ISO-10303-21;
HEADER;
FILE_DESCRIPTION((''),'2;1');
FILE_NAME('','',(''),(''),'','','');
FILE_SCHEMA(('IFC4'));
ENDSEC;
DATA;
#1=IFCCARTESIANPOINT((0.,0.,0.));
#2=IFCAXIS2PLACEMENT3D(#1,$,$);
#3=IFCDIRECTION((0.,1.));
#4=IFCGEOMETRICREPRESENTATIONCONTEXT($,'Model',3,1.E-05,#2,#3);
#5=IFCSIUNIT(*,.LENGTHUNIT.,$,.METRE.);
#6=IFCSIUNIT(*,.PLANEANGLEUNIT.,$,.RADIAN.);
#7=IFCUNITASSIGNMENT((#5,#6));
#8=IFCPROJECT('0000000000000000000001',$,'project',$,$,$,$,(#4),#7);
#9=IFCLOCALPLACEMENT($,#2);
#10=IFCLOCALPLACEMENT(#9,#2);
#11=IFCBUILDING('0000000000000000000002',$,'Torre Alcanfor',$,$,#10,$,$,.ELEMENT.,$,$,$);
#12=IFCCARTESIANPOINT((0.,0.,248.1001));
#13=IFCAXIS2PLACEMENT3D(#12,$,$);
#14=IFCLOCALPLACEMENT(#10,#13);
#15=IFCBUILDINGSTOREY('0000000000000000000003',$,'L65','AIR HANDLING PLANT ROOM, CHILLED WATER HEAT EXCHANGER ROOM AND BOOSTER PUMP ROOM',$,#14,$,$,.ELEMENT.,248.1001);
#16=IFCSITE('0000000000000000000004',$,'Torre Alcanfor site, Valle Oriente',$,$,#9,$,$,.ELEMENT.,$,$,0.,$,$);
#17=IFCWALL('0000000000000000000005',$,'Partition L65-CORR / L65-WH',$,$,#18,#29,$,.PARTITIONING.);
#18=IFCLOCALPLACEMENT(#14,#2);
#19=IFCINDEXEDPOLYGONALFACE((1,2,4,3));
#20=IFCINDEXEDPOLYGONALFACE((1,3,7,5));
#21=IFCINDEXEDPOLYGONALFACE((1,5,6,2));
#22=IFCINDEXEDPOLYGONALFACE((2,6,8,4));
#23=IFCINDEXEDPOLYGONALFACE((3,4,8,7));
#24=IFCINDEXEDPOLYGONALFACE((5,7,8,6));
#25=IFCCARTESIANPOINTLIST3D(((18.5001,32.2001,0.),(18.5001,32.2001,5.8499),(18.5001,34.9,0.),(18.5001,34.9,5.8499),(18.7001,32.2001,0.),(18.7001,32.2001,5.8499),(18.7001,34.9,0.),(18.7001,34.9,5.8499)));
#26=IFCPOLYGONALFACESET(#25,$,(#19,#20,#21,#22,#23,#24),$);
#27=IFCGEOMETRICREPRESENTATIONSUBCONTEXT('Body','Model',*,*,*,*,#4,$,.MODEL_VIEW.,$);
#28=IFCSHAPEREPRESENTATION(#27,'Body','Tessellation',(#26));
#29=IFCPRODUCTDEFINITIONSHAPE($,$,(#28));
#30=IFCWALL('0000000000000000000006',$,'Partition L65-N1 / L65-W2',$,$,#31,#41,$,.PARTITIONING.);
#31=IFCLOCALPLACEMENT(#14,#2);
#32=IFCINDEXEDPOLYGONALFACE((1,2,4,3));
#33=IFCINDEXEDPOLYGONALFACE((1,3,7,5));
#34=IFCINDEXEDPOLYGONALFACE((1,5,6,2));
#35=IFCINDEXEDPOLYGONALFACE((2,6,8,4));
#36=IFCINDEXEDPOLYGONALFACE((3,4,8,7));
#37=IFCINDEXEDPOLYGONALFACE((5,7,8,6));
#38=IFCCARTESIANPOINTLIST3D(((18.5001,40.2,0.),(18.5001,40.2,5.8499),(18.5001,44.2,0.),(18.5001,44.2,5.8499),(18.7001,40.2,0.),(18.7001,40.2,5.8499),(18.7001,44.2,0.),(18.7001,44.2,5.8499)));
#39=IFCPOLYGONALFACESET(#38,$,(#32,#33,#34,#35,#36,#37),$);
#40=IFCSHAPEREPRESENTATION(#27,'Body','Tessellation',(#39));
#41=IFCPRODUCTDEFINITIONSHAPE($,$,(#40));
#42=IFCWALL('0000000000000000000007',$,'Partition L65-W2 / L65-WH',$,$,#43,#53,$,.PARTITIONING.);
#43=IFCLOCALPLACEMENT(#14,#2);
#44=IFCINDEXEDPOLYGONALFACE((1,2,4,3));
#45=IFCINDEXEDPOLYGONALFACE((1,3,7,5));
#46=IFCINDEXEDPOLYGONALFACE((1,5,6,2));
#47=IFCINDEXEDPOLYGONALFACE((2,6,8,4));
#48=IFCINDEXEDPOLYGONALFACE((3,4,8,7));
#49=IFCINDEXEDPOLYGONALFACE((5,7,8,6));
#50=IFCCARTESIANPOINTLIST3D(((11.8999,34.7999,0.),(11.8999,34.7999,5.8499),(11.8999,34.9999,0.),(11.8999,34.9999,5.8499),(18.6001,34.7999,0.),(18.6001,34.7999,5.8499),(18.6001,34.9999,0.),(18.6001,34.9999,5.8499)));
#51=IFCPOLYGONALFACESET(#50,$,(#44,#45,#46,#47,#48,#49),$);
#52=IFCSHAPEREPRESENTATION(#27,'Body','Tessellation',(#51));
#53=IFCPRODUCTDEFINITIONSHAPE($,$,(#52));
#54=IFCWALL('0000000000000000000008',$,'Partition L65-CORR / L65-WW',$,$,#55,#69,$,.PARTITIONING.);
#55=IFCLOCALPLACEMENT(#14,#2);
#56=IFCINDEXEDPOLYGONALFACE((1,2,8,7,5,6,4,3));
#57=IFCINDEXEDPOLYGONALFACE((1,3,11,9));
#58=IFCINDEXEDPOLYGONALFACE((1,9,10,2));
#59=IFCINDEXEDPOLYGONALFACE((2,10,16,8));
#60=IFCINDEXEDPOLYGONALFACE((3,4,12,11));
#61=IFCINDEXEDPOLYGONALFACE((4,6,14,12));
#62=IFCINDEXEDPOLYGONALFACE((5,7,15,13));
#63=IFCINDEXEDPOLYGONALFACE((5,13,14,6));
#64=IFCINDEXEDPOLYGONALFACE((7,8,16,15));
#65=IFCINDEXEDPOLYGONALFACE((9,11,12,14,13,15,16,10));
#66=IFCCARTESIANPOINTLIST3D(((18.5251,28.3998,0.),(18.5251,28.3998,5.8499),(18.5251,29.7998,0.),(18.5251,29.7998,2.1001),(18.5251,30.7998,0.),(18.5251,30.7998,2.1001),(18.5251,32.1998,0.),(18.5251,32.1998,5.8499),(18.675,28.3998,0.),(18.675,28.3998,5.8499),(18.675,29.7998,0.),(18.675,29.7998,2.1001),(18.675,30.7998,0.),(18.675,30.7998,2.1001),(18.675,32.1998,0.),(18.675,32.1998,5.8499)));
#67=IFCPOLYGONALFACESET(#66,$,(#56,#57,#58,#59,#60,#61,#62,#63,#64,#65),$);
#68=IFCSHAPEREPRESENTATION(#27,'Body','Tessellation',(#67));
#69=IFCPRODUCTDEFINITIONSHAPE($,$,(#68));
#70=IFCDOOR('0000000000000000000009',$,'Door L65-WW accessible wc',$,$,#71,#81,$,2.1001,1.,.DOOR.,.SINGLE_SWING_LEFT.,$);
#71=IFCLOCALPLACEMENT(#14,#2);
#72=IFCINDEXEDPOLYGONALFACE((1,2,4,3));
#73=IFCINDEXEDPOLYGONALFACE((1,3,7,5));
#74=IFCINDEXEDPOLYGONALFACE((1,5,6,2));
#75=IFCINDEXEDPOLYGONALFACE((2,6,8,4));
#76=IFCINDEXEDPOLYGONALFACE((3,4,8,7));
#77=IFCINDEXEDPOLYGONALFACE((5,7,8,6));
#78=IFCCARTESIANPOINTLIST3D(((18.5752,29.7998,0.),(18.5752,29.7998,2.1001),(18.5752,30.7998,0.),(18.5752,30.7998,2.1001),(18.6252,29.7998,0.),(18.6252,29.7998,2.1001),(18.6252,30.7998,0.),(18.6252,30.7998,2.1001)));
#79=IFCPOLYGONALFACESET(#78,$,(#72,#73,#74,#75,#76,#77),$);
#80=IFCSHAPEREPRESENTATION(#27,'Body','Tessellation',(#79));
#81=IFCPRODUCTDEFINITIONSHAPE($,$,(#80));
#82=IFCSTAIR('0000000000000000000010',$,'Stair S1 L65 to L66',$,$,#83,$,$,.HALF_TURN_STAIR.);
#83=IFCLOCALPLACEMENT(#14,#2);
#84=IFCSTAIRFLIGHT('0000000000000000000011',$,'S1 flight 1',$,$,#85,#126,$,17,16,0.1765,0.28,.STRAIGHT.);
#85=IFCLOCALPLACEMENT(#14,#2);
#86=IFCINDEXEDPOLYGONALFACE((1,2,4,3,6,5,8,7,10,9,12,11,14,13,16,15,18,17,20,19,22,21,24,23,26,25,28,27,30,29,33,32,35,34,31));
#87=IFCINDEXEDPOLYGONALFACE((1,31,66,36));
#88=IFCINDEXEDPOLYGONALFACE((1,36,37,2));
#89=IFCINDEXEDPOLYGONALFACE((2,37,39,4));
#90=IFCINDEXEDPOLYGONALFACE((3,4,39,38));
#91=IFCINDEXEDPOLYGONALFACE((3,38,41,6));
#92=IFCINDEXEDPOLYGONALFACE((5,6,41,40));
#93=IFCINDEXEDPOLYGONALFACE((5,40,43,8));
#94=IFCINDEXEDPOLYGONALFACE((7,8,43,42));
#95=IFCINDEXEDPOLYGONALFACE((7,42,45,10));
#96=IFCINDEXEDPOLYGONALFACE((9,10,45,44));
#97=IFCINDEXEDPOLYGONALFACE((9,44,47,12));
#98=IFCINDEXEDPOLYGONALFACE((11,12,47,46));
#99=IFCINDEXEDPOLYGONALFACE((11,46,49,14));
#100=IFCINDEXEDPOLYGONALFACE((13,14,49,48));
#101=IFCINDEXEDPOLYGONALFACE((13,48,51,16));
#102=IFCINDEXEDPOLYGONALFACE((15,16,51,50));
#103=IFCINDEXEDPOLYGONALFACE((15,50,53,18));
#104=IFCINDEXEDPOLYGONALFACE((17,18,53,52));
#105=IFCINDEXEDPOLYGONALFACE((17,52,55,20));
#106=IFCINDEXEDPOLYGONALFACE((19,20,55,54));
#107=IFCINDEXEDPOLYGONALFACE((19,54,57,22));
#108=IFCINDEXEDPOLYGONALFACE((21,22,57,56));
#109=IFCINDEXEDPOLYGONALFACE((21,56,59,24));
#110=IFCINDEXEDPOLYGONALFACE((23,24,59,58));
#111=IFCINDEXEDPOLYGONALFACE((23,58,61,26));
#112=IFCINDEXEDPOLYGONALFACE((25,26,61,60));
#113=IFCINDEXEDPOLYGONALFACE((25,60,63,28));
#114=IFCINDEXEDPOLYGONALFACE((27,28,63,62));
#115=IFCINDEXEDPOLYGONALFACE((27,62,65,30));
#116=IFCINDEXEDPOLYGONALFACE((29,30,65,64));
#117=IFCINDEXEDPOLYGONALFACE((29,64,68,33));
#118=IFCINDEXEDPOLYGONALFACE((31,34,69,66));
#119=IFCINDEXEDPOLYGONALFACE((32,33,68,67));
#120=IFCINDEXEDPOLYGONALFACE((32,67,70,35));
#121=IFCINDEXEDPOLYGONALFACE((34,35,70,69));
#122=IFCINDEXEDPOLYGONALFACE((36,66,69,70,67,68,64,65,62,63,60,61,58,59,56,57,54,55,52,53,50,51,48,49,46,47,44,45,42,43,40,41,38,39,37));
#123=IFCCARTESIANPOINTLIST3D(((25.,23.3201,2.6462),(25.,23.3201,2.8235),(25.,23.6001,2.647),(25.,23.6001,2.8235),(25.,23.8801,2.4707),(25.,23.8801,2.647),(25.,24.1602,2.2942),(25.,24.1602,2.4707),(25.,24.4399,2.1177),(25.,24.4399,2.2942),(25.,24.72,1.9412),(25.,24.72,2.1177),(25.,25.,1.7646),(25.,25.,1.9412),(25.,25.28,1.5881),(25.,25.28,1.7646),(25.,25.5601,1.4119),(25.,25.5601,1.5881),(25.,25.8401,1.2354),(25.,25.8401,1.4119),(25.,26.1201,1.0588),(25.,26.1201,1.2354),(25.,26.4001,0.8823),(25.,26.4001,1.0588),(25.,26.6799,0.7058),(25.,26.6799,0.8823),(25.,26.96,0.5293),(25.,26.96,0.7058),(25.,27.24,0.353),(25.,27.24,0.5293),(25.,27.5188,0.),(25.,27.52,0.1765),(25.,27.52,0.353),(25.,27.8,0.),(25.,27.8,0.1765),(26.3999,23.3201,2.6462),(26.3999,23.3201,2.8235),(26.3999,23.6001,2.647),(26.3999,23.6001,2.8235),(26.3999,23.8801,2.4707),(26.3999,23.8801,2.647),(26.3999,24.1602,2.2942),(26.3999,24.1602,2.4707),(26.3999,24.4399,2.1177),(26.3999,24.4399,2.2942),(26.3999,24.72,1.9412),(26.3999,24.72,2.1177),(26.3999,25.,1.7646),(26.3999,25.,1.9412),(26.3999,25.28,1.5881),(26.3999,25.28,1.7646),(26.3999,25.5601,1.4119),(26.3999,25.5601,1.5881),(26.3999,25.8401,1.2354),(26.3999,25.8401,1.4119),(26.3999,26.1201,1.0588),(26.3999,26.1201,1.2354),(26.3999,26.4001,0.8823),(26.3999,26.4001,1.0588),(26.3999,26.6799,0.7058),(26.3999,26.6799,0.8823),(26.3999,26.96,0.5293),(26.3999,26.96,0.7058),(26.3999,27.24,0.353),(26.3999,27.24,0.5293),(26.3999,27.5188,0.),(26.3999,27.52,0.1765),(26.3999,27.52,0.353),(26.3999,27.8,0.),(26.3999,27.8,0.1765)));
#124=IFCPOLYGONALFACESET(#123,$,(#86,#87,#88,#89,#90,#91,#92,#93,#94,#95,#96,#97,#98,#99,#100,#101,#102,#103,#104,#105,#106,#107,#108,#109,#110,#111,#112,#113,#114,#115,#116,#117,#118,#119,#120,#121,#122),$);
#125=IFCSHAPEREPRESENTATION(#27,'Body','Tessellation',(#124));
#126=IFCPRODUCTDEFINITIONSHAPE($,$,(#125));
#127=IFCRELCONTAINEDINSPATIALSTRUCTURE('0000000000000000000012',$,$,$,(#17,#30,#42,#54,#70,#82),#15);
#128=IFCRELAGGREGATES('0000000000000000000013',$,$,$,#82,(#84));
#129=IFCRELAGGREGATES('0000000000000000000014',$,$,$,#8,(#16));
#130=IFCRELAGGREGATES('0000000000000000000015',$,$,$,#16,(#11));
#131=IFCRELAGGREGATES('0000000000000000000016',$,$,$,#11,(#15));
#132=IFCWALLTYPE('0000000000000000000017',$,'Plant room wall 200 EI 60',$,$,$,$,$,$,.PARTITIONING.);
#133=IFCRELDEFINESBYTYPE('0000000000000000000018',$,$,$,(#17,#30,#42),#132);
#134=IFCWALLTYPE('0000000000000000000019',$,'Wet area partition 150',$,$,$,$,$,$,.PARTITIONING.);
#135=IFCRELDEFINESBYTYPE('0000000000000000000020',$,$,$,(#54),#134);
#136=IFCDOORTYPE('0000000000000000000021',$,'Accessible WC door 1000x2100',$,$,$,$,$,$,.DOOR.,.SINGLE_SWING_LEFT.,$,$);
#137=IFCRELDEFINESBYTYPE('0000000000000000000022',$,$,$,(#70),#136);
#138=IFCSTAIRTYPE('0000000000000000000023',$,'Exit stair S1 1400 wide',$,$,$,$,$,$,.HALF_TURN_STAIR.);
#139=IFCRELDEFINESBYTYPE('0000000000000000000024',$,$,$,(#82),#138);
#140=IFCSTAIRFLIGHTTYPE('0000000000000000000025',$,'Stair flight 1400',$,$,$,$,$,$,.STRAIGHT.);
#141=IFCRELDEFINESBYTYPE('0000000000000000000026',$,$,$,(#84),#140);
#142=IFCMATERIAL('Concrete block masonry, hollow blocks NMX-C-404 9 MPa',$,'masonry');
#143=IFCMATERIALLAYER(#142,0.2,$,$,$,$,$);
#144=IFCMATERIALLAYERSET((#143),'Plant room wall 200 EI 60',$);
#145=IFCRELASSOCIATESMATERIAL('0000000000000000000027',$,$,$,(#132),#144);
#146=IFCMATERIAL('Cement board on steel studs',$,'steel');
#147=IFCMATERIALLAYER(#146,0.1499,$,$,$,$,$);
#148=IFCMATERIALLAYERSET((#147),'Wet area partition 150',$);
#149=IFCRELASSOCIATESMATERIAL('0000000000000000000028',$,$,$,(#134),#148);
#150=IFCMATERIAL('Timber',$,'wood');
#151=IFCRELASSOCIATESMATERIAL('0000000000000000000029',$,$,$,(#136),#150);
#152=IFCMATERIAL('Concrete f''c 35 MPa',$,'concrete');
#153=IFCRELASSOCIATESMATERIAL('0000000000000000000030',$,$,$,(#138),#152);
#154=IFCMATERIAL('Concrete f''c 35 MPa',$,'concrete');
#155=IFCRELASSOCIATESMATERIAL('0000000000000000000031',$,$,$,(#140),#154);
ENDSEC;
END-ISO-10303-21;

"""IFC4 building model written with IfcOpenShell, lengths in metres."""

from ifc_helpers import new_model, si_unit, direction, frame, frame_2d, origin, place, context, subcontext, project, spatial, polyline, rectangle, outline, extrude, material, layer, layer_set, type_object, element, fill, aggregate, save


model = new_model("IFC4")

# Units and contexts
model_context = context("Model", 3, precision=1e-05, world=origin(), true_north=direction((0.0, 1.0)))
body_context = subcontext(model_context, "Body", "Model", "MODEL_VIEW")
ifc_project = project(units=[si_unit("LENGTHUNIT", "METRE"), si_unit("PLANEANGLEUNIT", "RADIAN")], contexts=[model_context])

# Site, building, storey
site_placement = place(None, origin())
site = spatial("IfcSite", under=ifc_project, at=site_placement, Name="Torre Alcanfor site, Valle Oriente", CompositionType="ELEMENT", RefElevation=0.0)
building_placement = place(site_placement, origin())
building = spatial("IfcBuilding", under=site, at=building_placement, Name="Torre Alcanfor", CompositionType="ELEMENT")
storey_placement = place(building_placement, frame((0.0, 0.0, 248.1001)))
storey = spatial("IfcBuildingStorey", under=building, at=storey_placement, Name="L65", Description="AIR HANDLING PLANT ROOM, CHILLED WATER HEAT EXCHANGER ROOM AND BOOSTER PUMP ROOM", CompositionType="ELEMENT", Elevation=248.1001)

# Shared definitions
ifc_material_1 = material(Name="Concrete block masonry, hollow blocks NMX-C-404 9 MPa", Category="masonry")
ifc_layer_1 = layer(ifc_material_1, 0.2)
ifc_layer_set_1 = layer_set([ifc_layer_1], Name="Plant room wall 200 EI 60")
wall_type_1 = type_object("IfcWallType", Name="Plant room wall 200 EI 60", PredefinedType="PARTITIONING", material=ifc_layer_set_1)

# Walls
wall_1_placement = place(storey_placement, frame((18.6001, 32.2, 0.0), z_axis=(0.0, 0.0, 1.0), x_axis=(0.0, 1.0, 0.0)))
element("IfcWall", 1, at=wall_1_placement, inside=storey, type_object=wall_type_1, Name="Partition L65-CORR / L65-WH", PredefinedType="PARTITIONING", context=body_context, shape_type="SweptSolid", body=[
    extrude(rectangle(XDim=2.7, YDim=0.2, at=frame_2d((1.3501, 0.0))), origin(), (0.0, 0.0, 1.0), 5.8499),
])
wall_2_placement = place(storey_placement, frame((18.6001, 40.2, 0.0), z_axis=(0.0, 0.0, 1.0), x_axis=(0.0, 1.0, 0.0)))
element("IfcWall", 2, at=wall_2_placement, inside=storey, type_object=wall_type_1, Name="Partition L65-N1 / L65-W2", PredefinedType="PARTITIONING", context=body_context, shape_type="SweptSolid", body=[
    extrude(rectangle(XDim=4.0, YDim=0.2, at=frame_2d((2.0, 0.0))), origin(), (0.0, 0.0, 1.0), 5.8499),
])
wall_3_placement = place(storey_placement, frame((18.6001, 34.8999, 0.0), z_axis=(0.0, 0.0, 1.0), x_axis=(-1.0, 0.0, 0.0)))
element("IfcWall", 3, at=wall_3_placement, inside=storey, type_object=wall_type_1, Name="Partition L65-W2 / L65-WH", PredefinedType="PARTITIONING", context=body_context, shape_type="SweptSolid", body=[
    extrude(rectangle(XDim=6.7002, YDim=0.2, at=frame_2d((3.3501, 0.0))), origin(), (0.0, 0.0, 1.0), 5.8499),
])

# Wall, opening, door
ifc_material_2 = material(Name="Cement board on steel studs", Category="steel")
ifc_layer_2 = layer(ifc_material_2, 0.1499)
ifc_layer_set_2 = layer_set([ifc_layer_2], Name="Wet area partition 150")
wall_type_2 = type_object("IfcWallType", Name="Wet area partition 150", PredefinedType="PARTITIONING", material=ifc_layer_set_2)
wall_4_placement = place(storey_placement, frame((18.6001, 28.3999, 0.0), z_axis=(0.0, 0.0, 1.0), x_axis=(0.0, 1.0, 0.0)))
wall_4 = element("IfcWall", 4, at=wall_4_placement, inside=storey, type_object=wall_type_2, Name="Partition L65-CORR / L65-WW", PredefinedType="PARTITIONING", context=body_context, shape_type="SweptSolid", body=[
    extrude(rectangle(XDim=3.8, YDim=0.1499, at=frame_2d((1.8999, 0.0))), origin(), (0.0, 0.0, 1.0), 5.8499),
])
opening_1_placement = place(wall_4_placement, frame((1.3999, 0.0, 0.0)))
opening_1 = element("IfcOpeningElement", 5, at=opening_1_placement, cuts=wall_4, PredefinedType="OPENING", context=body_context, shape_type="SweptSolid", body=[
    extrude(rectangle(XDim=1.0, YDim=2.1001, at=frame_2d((0.5, 1.05))), frame((0.0, 0.085, 0.0), z_axis=(0.0, -1.0, 0.0), x_axis=(1.0, 0.0, 0.0)), (0.0, 0.0, 1.0), 0.1699),
])
ifc_material_3 = material(Name="Timber", Category="wood")
door_type_1 = type_object("IfcDoorType", Name="Accessible WC door 1000x2100", OperationType="SINGLE_SWING_LEFT", PredefinedType="DOOR", material=ifc_material_3)
door_1_placement = place(opening_1_placement, frame((1.0, 0.0, 0.0), z_axis=(0.0, 0.0, 1.0), x_axis=(-1.0, 0.0, 0.0)))
door_1 = element("IfcDoor", 6, at=door_1_placement, inside=storey, type_object=door_type_1, Name="Door L65-WW accessible wc", OperationType="SINGLE_SWING_LEFT", OverallHeight=2.1001, OverallWidth=1.0, PredefinedType="DOOR", context=body_context, shape_type="SweptSolid", body=[
    extrude(rectangle(XDim=1.0, YDim=2.1001, at=frame_2d((0.5, 1.05))), frame((0.0, 0.0251, 0.0), z_axis=(0.0, -1.0, 0.0), x_axis=(1.0, 0.0, 0.0)), (0.0, 0.0, 1.0), 0.05),
])
fill(opening_1, door_1)

# Stair, stair flight
ifc_material_4 = material(Name="Concrete f'c 35 MPa", Category="concrete")
stair_type = type_object("IfcStairType", Name="Exit stair S1 1400 wide", PredefinedType="HALF_TURN_STAIR", material=ifc_material_4)
stair_placement = place(storey_placement, origin())
stair = element("IfcStair", 7, at=stair_placement, inside=storey, type_object=stair_type, Name="Stair S1 L65 to L66", PredefinedType="HALF_TURN_STAIR")
ifc_material_5 = material(Name="Concrete f'c 35 MPa", Category="concrete")
stair_flight_type = type_object("IfcStairFlightType", Name="Stair flight 1400", PredefinedType="STRAIGHT", material=ifc_material_5)
stair_flight_placement = place(storey_placement, frame((25.7, 27.8, 0.0), z_axis=(0.0, 0.0, 1.0), x_axis=(0.0, -1.0, 0.0)))
stair_flight = element("IfcStairFlight", 8, at=stair_flight_placement, type_object=stair_flight_type, Name="S1 flight 1", NumberOfRisers=17, NumberOfTreads=16, PredefinedType="STRAIGHT", RiserHeight=0.1765, TreadLength=0.28, context=body_context, shape_type="SweptSolid", body=[
    extrude(outline(polyline([(0.0, 0.0), (0.0, 0.1765), (0.28, 0.1765), (0.28, 0.353), (0.5601, 0.353), (0.5601, 0.5293), (0.8401, 0.5293), (0.8401, 0.7058), (1.1201, 0.7058), (1.1201, 0.8823), (1.3999, 0.8823), (1.3999, 1.0588), (1.6799, 1.0588), (1.6799, 1.2354), (1.96, 1.2354), (1.96, 1.4119), (2.24, 1.4119), (2.24, 1.5881), (2.52, 1.5881), (2.52, 1.7646), (2.8, 1.7646), (2.8, 1.9412), (3.0801, 1.9412), (3.0801, 2.1177), (3.3601, 2.1177), (3.3601, 2.2942), (3.6399, 2.2942), (3.6399, 2.4707), (3.9199, 2.4707), (3.9199, 2.647), (4.2, 2.647), (4.2, 2.8235), (4.48, 2.8235), (4.48, 3.0), (4.48, 2.6462), (0.2812, 0.0), (0.0, 0.0)])), frame((0.0, 0.7, 0.0), z_axis=(0.0, -1.0, 0.0), x_axis=(1.0, 0.0, 0.0)), (0.0, 0.0, 1.0), 1.3999),
])
aggregate(stair, [stair_flight])

save(model, "model.ifc")
